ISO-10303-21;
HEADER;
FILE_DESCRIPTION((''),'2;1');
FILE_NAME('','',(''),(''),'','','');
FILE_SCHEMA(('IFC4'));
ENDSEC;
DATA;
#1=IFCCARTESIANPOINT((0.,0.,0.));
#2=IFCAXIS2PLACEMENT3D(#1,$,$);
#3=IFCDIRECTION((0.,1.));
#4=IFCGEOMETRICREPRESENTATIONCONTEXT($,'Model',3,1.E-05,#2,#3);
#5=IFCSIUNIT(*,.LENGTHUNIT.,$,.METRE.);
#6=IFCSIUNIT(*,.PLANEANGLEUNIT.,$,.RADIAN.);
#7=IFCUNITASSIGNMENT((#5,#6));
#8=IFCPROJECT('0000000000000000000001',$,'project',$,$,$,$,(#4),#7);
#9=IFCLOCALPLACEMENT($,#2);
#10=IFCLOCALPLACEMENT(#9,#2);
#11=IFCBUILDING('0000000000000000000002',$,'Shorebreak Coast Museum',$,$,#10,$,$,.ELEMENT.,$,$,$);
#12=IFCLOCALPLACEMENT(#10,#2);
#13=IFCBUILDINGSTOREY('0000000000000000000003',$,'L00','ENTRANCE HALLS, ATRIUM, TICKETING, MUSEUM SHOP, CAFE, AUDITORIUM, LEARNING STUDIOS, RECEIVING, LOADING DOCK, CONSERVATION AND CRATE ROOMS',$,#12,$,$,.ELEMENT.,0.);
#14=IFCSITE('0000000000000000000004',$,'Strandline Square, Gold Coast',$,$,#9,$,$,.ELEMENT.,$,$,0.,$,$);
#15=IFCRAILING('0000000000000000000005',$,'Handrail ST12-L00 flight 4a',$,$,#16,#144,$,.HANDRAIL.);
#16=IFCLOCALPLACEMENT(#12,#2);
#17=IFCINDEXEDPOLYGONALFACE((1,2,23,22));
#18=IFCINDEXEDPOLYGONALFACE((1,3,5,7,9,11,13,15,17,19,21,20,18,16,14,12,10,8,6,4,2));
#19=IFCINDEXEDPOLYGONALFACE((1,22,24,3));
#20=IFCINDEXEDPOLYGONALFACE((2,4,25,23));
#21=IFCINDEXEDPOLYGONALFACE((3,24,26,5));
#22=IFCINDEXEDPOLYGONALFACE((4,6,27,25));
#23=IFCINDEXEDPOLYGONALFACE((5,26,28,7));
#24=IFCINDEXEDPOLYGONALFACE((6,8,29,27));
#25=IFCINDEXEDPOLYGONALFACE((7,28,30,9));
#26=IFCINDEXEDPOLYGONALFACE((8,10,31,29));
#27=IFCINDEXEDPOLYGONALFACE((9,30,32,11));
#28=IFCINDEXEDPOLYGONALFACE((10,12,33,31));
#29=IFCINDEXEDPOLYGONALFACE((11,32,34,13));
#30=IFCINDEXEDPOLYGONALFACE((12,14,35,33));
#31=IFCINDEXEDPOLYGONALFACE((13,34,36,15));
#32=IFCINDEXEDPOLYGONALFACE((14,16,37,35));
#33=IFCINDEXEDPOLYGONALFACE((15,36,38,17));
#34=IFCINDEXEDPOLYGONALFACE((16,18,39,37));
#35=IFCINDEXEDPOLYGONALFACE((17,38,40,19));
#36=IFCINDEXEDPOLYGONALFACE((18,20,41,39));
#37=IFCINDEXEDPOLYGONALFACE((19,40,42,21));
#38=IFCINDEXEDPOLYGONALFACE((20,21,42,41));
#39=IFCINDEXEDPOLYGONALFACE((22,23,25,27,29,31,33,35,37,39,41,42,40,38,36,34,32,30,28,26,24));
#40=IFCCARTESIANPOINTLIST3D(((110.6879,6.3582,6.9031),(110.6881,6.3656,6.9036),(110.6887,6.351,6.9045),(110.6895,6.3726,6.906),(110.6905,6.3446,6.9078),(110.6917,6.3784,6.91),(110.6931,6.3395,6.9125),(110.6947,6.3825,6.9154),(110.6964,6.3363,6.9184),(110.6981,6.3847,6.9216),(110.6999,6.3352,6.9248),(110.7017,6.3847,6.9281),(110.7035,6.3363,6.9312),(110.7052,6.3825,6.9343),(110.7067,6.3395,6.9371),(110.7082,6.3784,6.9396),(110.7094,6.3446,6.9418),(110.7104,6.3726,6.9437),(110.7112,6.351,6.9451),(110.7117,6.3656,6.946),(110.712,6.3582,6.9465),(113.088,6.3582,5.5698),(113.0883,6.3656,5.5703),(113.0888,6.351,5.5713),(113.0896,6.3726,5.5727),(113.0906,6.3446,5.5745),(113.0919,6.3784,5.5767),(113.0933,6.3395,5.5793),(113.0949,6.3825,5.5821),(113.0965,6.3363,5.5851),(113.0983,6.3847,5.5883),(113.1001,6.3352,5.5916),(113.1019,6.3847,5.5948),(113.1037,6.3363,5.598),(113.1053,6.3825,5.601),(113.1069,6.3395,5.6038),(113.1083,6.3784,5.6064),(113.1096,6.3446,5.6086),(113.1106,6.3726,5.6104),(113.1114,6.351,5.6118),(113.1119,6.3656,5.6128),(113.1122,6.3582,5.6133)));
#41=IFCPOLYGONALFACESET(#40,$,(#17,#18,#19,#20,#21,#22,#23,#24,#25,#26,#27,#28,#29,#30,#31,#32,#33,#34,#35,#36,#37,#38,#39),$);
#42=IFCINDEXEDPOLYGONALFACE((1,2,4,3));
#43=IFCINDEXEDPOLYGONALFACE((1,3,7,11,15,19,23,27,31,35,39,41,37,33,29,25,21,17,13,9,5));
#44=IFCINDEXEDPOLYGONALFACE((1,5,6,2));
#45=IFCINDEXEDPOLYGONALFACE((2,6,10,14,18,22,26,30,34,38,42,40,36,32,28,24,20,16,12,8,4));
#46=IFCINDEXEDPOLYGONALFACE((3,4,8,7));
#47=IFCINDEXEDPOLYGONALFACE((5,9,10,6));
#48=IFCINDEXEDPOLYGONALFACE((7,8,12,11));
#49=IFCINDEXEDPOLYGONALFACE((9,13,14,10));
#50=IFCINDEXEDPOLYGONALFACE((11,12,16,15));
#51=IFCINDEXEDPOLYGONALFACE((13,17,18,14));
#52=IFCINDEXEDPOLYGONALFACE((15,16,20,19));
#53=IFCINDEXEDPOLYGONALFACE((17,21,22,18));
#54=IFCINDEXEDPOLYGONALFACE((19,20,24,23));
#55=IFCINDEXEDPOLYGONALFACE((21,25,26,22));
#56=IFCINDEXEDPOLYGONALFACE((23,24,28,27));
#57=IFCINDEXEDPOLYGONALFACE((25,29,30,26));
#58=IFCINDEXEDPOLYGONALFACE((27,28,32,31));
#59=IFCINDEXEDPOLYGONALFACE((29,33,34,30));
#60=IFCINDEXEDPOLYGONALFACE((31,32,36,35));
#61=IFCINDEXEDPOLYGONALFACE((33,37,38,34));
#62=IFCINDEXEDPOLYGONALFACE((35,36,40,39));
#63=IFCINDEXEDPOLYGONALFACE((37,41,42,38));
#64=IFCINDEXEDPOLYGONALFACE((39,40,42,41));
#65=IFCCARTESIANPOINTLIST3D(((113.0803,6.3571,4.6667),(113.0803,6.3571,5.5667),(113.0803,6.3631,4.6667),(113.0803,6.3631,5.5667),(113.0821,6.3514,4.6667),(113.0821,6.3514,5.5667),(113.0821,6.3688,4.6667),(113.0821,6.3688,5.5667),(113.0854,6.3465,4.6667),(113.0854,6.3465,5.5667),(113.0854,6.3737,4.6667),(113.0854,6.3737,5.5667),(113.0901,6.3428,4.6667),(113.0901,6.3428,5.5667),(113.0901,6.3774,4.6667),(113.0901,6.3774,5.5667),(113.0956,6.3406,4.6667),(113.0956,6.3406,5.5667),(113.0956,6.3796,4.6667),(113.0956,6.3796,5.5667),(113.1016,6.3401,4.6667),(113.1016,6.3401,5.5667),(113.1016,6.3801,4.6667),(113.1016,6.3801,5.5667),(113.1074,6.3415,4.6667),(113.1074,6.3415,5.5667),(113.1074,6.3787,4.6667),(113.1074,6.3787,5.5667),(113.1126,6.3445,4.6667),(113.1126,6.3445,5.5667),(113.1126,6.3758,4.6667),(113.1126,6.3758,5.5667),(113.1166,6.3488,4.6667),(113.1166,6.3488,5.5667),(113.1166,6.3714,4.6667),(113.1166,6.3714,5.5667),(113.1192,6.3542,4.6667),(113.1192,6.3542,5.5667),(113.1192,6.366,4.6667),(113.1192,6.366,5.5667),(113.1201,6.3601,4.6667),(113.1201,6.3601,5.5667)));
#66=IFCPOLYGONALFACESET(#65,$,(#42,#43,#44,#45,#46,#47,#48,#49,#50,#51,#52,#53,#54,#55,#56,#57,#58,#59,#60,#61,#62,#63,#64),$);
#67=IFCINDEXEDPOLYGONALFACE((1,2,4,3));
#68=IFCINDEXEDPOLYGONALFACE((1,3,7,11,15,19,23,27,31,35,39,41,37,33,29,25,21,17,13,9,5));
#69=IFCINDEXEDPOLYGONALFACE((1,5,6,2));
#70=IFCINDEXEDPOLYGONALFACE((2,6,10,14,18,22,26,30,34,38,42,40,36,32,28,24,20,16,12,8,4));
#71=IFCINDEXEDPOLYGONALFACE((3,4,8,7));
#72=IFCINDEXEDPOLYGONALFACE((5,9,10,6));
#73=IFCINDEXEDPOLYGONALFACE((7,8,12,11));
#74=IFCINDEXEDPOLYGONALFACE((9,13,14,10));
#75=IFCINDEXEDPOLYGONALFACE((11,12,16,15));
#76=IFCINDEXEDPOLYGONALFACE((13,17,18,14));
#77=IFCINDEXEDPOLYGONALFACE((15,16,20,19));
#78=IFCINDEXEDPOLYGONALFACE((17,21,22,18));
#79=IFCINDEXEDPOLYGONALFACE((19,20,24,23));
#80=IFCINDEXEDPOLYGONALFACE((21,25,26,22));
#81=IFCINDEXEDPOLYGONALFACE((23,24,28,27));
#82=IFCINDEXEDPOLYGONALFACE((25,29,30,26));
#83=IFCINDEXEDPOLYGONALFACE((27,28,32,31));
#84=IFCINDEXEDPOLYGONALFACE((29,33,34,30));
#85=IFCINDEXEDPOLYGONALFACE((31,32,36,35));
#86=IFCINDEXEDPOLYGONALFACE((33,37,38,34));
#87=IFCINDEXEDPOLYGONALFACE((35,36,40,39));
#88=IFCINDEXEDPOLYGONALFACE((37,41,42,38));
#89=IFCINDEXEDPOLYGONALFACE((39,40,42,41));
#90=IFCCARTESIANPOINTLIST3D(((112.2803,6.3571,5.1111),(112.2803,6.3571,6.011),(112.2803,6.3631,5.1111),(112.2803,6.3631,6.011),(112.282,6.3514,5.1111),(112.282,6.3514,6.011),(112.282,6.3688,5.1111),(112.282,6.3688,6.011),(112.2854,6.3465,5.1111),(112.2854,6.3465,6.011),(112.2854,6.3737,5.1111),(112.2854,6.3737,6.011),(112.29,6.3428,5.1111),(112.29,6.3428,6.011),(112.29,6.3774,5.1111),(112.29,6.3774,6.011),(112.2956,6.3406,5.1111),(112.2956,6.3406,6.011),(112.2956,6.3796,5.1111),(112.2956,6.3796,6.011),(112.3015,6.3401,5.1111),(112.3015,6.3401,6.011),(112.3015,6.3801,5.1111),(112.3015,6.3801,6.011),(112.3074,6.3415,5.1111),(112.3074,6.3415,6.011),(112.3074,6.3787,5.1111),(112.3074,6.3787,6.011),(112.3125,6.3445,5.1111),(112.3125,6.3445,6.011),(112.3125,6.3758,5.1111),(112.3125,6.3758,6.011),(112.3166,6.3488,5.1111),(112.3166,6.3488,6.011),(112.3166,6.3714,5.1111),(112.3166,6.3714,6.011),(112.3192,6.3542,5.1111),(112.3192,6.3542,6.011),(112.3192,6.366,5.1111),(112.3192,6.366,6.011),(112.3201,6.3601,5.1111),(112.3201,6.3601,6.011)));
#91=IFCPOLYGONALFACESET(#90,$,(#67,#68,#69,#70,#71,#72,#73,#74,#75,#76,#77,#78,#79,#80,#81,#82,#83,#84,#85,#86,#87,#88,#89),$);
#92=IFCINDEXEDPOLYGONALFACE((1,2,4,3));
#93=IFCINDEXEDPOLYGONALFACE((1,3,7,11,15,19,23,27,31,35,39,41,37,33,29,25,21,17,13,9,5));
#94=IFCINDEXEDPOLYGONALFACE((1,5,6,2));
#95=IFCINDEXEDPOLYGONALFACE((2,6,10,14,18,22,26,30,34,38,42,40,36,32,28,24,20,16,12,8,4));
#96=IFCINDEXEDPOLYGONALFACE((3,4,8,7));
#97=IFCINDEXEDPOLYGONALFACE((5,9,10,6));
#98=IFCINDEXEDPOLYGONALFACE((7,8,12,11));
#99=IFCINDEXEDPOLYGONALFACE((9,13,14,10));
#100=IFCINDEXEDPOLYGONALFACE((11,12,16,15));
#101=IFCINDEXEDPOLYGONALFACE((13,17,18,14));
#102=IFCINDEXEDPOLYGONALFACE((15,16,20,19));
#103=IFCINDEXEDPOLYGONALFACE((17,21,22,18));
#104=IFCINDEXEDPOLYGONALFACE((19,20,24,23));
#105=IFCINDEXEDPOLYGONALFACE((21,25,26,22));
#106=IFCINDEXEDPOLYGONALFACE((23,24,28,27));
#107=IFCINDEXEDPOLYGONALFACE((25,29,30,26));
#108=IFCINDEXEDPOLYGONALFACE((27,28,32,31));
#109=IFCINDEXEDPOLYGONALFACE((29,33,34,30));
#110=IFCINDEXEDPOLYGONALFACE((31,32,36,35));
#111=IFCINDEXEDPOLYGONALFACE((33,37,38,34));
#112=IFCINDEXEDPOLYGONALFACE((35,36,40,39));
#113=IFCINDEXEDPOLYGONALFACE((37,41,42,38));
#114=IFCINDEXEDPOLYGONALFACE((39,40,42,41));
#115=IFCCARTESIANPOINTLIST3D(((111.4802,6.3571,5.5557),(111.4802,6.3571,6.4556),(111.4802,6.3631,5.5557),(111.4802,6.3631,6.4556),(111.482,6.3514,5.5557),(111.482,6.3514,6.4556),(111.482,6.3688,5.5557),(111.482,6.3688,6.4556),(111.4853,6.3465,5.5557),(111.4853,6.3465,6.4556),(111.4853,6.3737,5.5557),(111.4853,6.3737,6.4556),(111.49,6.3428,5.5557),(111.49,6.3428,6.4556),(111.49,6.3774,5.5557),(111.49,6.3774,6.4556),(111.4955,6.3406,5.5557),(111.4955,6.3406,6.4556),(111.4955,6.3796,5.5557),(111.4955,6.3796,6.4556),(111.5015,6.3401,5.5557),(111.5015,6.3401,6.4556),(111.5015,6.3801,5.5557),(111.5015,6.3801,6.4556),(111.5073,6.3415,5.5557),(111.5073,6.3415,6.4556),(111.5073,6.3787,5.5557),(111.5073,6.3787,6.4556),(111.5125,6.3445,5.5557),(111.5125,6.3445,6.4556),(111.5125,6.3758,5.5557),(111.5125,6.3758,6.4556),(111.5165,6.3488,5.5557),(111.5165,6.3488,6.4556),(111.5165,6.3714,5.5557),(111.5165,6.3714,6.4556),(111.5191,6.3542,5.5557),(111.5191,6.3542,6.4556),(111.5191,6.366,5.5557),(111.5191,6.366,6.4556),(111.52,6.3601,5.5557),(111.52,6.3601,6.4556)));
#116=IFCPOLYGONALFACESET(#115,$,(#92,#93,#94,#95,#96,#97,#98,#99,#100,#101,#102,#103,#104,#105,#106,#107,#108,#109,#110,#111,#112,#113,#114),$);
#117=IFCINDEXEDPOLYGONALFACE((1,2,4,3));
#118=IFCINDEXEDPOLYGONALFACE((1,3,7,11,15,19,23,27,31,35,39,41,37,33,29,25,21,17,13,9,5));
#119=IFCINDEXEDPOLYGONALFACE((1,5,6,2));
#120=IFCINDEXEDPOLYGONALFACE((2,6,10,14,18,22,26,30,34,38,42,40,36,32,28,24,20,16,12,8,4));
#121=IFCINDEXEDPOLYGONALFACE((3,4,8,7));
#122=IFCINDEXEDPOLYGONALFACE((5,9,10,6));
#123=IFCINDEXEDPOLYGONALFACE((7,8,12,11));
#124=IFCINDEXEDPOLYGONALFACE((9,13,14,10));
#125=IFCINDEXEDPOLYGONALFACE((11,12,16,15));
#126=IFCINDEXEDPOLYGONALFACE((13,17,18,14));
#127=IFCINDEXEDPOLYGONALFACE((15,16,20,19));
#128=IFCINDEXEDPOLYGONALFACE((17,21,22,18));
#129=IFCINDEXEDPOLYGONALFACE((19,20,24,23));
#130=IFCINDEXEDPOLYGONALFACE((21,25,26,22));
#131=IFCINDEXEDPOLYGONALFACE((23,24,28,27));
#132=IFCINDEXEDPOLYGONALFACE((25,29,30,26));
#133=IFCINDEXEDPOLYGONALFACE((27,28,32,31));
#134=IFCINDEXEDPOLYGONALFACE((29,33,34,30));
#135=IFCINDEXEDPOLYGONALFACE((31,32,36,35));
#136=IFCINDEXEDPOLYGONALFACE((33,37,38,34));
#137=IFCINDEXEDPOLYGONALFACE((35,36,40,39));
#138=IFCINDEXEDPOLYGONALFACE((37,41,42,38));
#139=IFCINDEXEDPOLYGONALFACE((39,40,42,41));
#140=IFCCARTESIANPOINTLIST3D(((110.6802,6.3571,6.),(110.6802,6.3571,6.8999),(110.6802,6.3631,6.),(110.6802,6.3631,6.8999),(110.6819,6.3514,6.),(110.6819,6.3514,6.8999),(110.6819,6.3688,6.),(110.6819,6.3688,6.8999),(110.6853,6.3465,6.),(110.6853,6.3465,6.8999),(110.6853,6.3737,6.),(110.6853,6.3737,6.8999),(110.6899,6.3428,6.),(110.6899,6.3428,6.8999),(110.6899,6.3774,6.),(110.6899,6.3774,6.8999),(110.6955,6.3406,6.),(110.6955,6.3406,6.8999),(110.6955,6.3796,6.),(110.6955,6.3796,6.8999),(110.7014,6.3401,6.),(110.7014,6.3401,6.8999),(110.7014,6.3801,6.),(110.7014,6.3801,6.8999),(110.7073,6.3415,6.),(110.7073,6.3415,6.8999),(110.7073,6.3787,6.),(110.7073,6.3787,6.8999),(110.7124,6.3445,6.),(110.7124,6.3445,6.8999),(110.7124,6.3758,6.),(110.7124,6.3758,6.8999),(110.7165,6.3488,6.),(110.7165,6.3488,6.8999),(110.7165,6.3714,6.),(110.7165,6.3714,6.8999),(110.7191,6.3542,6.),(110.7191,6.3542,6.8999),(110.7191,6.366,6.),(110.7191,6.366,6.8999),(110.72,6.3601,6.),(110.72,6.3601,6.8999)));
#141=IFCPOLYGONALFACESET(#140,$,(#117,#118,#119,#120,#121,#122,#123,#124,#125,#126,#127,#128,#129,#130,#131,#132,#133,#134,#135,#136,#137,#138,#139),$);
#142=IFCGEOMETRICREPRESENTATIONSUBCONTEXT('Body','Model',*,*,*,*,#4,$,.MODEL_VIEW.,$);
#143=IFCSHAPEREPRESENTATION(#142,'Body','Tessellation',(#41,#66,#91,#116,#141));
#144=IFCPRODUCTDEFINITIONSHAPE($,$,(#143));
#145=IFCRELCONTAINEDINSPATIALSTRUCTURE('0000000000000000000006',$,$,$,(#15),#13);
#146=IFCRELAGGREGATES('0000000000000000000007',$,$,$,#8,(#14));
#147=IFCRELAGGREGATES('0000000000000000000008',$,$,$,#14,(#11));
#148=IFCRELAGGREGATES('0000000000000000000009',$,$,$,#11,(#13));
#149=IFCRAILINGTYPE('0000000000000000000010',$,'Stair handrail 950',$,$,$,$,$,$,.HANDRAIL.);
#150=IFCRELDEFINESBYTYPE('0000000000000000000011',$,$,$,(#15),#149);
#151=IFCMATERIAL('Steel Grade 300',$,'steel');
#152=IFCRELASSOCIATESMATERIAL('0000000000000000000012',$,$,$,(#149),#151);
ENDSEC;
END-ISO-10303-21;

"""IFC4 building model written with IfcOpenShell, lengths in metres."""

from ifc_helpers import new_model, si_unit, direction, frame, origin, origin_2d, place, context, subcontext, project, spatial, circle, extrude, material, type_object, element, save


model = new_model("IFC4")

# Units and contexts
model_context = context("Model", 3, precision=1e-05, world=origin(), true_north=direction((0.0, 1.0)))
body_context = subcontext(model_context, "Body", "Model", "MODEL_VIEW")
ifc_project = project(units=[si_unit("LENGTHUNIT", "METRE"), si_unit("PLANEANGLEUNIT", "RADIAN")], contexts=[model_context])

# Site, building, storey
site_placement = place(None, origin())
site = spatial("IfcSite", under=ifc_project, at=site_placement, Name="Strandline Square, Gold Coast", CompositionType="ELEMENT", RefElevation=0.0)
building_placement = place(site_placement, origin())
building = spatial("IfcBuilding", under=site, at=building_placement, Name="Shorebreak Coast Museum", CompositionType="ELEMENT")
storey_placement = place(building_placement, origin())
storey = spatial("IfcBuildingStorey", under=building, at=storey_placement, Name="L00", Description="ENTRANCE HALLS, ATRIUM, TICKETING, MUSEUM SHOP, CAFE, AUDITORIUM, LEARNING STUDIOS, RECEIVING, LOADING DOCK, CONSERVATION AND CRATE ROOMS", CompositionType="ELEMENT", Elevation=0.0)

# Railing
ifc_material_1 = material(Name="Steel Grade 300", Category="steel")
railing_type_1 = type_object("IfcRailingType", Name="Stair handrail 950", PredefinedType="HANDRAIL", material=ifc_material_1)
for number, where, name in (
    (1, (113.1001, 6.3601, 4.6667), "Handrail ST12-L00 flight 4a"),
):
    element("IfcRailing", number, at=place(storey_placement, frame(where)), inside=storey, type_object=railing_type_1, Name=name, PredefinedType="HANDRAIL", context=body_context, shape_type="SweptSolid", body=[
        extrude(circle(Radius=0.0249, at=origin_2d()), frame((0.0, 0.0, 0.9248), z_axis=(-0.874182, 0.0, 0.485598), x_axis=(0.0, -1.0, 0.0)), (0.0, 0.0, 1.0), 2.7456),
        extrude(circle(Radius=0.02, at=origin_2d()), origin(), (0.0, 0.0, 1.0), 0.8999),
        extrude(circle(Radius=0.02, at=origin_2d()), frame((-0.8, 0.0, 0.4443)), (0.0, 0.0, 1.0), 0.8999),
        extrude(circle(Radius=0.02, at=origin_2d()), frame((-1.6001, 0.0, 0.8889)), (0.0, 0.0, 1.0), 0.8999),
        extrude(circle(Radius=0.02, at=origin_2d()), frame((-2.4001, 0.0, 1.3333)), (0.0, 0.0, 1.0), 0.8999),
    ])

save(model, "model.ifc")
